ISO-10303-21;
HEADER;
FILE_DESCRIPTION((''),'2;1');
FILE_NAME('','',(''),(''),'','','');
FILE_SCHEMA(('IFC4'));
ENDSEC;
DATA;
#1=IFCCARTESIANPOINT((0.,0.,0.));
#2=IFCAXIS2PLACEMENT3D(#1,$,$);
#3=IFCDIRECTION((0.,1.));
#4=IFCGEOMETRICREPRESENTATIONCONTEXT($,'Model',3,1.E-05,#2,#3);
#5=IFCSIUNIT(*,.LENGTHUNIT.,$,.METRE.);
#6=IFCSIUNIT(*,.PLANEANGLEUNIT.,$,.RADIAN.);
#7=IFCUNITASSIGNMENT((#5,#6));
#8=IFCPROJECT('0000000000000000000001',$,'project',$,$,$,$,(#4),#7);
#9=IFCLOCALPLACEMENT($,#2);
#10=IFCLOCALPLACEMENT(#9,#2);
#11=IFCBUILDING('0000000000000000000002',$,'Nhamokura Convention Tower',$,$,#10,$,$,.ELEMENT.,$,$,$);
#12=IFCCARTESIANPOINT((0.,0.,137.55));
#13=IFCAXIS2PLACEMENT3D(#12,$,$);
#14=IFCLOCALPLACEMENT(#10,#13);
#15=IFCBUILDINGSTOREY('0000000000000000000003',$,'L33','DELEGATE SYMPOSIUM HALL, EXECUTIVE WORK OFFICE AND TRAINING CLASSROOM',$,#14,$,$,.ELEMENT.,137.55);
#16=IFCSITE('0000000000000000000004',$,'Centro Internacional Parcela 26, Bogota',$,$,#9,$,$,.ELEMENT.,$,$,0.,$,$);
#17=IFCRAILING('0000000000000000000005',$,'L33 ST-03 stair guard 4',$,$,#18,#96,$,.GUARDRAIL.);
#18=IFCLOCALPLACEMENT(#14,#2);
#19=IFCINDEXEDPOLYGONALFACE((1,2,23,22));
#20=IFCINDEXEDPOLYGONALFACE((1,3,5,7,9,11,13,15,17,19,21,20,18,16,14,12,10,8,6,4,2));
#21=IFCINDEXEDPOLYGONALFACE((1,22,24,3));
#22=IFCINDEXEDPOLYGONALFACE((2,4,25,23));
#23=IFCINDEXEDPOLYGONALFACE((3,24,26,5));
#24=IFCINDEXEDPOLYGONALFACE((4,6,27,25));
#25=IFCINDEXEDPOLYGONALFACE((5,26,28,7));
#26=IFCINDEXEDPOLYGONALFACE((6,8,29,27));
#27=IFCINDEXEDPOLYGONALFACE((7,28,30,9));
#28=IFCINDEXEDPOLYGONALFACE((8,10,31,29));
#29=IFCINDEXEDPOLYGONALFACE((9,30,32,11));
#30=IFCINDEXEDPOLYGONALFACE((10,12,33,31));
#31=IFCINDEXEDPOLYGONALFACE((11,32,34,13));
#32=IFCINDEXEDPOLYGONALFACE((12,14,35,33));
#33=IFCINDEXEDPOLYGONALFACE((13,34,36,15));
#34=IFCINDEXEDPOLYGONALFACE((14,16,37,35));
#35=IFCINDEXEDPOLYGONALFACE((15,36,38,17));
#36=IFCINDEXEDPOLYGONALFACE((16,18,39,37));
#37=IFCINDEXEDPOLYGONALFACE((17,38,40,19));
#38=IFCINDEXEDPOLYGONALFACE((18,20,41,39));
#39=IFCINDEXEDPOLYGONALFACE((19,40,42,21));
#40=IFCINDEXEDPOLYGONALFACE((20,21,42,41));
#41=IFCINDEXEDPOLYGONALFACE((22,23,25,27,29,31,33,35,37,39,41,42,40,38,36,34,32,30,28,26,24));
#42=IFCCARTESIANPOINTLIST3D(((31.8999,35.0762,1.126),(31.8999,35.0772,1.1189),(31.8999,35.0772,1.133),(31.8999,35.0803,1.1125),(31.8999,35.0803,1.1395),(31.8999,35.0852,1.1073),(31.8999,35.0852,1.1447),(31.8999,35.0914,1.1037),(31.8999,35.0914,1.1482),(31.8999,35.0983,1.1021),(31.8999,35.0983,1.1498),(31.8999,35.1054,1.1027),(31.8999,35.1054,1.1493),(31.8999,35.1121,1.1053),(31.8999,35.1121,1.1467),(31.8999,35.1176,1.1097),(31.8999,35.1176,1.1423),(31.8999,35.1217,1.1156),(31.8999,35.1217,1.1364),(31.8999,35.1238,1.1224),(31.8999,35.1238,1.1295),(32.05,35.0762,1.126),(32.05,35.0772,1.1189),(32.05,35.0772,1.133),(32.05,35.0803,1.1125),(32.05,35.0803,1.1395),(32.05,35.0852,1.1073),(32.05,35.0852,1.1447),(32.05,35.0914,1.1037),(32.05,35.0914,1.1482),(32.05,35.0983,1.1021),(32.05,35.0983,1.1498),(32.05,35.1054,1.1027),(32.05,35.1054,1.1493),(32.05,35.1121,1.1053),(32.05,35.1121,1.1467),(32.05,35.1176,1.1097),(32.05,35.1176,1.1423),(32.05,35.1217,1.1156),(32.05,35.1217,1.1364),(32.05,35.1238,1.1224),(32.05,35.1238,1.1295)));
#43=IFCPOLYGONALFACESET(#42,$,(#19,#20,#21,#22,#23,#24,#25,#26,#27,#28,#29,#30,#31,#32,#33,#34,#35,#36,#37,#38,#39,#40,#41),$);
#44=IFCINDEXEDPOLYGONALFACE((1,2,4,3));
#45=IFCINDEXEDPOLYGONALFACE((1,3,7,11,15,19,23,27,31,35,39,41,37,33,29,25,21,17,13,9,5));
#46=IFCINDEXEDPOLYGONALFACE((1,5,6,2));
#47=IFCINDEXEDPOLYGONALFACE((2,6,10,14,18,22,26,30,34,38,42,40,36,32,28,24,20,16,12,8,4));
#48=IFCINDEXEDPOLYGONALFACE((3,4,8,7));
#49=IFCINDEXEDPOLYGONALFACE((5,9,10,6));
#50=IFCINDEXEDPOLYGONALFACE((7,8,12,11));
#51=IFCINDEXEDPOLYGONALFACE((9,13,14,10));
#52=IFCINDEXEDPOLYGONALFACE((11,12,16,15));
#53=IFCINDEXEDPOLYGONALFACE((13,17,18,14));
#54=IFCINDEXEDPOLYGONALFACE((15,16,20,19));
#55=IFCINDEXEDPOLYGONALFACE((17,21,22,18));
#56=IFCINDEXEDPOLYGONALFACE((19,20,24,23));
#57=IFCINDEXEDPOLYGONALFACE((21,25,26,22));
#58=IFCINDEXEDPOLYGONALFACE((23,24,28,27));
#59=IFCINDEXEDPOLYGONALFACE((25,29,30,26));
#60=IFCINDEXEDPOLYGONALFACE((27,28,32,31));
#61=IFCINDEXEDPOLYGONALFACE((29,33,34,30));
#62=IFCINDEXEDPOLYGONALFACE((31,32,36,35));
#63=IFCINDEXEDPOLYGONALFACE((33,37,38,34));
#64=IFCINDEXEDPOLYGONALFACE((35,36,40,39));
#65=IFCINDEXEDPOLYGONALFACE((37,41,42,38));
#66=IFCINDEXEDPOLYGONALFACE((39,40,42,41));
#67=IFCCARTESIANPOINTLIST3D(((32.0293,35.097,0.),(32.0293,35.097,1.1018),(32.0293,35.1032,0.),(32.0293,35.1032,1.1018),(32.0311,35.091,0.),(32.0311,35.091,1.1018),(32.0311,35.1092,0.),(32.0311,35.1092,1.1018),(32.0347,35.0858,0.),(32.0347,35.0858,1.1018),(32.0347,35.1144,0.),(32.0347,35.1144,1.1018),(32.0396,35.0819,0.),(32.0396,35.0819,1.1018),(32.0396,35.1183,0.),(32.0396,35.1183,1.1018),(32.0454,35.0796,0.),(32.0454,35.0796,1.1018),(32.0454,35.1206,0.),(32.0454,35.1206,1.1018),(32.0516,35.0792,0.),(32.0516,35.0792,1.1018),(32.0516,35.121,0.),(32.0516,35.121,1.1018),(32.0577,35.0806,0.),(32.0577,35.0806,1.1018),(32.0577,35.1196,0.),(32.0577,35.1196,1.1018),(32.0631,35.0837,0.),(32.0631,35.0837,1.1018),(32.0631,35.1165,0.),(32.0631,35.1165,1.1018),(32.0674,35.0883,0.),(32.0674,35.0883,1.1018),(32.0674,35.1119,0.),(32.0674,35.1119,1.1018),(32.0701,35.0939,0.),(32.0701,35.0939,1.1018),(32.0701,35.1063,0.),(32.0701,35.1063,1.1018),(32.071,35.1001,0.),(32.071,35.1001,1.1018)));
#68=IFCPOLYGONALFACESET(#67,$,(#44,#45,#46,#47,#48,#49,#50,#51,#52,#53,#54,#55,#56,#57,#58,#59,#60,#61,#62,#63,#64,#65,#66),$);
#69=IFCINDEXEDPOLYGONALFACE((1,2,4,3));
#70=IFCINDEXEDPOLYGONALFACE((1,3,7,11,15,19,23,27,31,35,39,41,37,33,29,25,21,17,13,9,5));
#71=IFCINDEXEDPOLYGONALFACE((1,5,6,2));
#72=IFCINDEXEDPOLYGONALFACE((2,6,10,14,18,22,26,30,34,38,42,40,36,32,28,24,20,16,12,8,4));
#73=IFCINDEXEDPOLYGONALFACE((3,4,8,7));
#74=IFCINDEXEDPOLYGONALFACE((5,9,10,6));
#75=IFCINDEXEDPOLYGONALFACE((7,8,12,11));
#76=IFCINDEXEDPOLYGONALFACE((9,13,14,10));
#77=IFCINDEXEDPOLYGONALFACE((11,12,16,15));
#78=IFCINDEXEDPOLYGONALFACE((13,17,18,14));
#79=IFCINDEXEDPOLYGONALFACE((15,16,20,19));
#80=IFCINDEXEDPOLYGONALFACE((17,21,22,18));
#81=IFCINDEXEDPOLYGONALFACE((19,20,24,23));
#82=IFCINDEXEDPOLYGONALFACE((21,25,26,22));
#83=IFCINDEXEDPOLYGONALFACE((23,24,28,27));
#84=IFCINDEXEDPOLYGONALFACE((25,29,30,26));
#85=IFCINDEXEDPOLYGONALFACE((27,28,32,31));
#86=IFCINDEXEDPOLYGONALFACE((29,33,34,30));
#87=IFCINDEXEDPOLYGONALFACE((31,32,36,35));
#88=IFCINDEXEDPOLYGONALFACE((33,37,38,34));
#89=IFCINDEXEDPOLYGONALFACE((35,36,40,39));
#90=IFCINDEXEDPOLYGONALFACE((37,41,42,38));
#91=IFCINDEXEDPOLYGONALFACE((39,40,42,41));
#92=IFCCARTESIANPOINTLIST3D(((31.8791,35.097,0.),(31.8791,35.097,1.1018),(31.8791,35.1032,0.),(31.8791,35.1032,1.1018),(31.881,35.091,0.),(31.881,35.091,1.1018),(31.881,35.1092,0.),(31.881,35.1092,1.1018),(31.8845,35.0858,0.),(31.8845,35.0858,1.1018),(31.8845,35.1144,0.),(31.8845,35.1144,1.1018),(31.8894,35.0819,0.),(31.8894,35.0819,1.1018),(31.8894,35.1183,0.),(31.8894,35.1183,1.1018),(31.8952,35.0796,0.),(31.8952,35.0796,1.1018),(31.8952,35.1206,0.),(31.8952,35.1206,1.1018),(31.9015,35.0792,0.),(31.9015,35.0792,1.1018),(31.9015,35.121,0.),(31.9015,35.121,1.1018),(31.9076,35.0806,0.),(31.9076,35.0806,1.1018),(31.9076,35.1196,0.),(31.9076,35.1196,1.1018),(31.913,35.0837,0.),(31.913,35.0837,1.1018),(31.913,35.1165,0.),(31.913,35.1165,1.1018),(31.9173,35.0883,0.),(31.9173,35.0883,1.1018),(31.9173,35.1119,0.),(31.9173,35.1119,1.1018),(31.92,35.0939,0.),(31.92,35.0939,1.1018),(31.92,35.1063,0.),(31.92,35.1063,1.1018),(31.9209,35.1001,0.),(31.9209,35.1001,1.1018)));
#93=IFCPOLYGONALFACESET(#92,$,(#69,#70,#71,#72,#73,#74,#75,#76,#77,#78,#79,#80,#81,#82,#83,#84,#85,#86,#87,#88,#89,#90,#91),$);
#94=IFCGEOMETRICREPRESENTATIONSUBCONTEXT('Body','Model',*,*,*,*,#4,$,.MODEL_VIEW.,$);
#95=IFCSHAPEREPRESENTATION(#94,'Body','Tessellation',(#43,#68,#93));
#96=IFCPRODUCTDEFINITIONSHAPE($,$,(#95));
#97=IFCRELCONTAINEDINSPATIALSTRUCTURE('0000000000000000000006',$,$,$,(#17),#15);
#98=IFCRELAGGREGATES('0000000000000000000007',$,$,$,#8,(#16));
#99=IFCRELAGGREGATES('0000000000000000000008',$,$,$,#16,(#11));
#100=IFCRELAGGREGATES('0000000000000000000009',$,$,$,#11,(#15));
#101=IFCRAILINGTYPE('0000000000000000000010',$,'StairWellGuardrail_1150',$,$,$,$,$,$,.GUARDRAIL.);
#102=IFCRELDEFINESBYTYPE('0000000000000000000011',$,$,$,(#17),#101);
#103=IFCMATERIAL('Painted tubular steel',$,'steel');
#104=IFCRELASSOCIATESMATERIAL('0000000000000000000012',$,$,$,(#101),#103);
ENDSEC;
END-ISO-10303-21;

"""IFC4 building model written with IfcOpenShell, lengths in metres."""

from ifc_helpers import new_model, si_unit, direction, frame, origin, origin_2d, place, context, subcontext, project, spatial, circle, extrude, material, type_object, element, save


model = new_model("IFC4")

# Units and contexts
model_context = context("Model", 3, precision=1e-05, world=origin(), true_north=direction((0.0, 1.0)))
body_context = subcontext(model_context, "Body", "Model", "MODEL_VIEW")
ifc_project = project(units=[si_unit("LENGTHUNIT", "METRE"), si_unit("PLANEANGLEUNIT", "RADIAN")], contexts=[model_context])

# Site, building, storey
site_placement = place(None, origin())
site = spatial("IfcSite", under=ifc_project, at=site_placement, Name="Centro Internacional Parcela 26, Bogota", CompositionType="ELEMENT", RefElevation=0.0)
building_placement = place(site_placement, origin())
building = spatial("IfcBuilding", under=site, at=building_placement, Name="Nhamokura Convention Tower", CompositionType="ELEMENT")
storey_placement = place(building_placement, frame((0.0, 0.0, 137.55)))
storey = spatial("IfcBuildingStorey", under=building, at=storey_placement, Name="L33", Description="DELEGATE SYMPOSIUM HALL, EXECUTIVE WORK OFFICE AND TRAINING CLASSROOM", CompositionType="ELEMENT", Elevation=137.55)

# Railing
ifc_material_1 = material(Name="Painted tubular steel", Category="steel")
railing_type_1 = type_object("IfcRailingType", Name="StairWellGuardrail_1150", PredefinedType="GUARDRAIL", material=ifc_material_1)
railing_1_placement = place(storey_placement, frame((32.05, 35.1001, 0.0)))
element("IfcRailing", 1, at=railing_1_placement, inside=storey, type_object=railing_type_1, Name="L33 ST-03 stair guard 4", PredefinedType="GUARDRAIL", context=body_context, shape_type="SweptSolid", body=[
    extrude(circle(Radius=0.0239, at=origin_2d()), frame((0.0, 0.0, 1.126), z_axis=(-1.0, 0.0, 0.0), x_axis=(0.0, -1.0, 0.0)), (0.0, 0.0, 1.0), 0.1501),
    extrude(circle(Radius=0.021, at=origin_2d()), origin(), (0.0, 0.0, 1.0), 1.1018),
    extrude(circle(Radius=0.021, at=origin_2d()), frame((-0.1501, 0.0, 0.0)), (0.0, 0.0, 1.0), 1.1018),
])

save(model, "model.ifc")
